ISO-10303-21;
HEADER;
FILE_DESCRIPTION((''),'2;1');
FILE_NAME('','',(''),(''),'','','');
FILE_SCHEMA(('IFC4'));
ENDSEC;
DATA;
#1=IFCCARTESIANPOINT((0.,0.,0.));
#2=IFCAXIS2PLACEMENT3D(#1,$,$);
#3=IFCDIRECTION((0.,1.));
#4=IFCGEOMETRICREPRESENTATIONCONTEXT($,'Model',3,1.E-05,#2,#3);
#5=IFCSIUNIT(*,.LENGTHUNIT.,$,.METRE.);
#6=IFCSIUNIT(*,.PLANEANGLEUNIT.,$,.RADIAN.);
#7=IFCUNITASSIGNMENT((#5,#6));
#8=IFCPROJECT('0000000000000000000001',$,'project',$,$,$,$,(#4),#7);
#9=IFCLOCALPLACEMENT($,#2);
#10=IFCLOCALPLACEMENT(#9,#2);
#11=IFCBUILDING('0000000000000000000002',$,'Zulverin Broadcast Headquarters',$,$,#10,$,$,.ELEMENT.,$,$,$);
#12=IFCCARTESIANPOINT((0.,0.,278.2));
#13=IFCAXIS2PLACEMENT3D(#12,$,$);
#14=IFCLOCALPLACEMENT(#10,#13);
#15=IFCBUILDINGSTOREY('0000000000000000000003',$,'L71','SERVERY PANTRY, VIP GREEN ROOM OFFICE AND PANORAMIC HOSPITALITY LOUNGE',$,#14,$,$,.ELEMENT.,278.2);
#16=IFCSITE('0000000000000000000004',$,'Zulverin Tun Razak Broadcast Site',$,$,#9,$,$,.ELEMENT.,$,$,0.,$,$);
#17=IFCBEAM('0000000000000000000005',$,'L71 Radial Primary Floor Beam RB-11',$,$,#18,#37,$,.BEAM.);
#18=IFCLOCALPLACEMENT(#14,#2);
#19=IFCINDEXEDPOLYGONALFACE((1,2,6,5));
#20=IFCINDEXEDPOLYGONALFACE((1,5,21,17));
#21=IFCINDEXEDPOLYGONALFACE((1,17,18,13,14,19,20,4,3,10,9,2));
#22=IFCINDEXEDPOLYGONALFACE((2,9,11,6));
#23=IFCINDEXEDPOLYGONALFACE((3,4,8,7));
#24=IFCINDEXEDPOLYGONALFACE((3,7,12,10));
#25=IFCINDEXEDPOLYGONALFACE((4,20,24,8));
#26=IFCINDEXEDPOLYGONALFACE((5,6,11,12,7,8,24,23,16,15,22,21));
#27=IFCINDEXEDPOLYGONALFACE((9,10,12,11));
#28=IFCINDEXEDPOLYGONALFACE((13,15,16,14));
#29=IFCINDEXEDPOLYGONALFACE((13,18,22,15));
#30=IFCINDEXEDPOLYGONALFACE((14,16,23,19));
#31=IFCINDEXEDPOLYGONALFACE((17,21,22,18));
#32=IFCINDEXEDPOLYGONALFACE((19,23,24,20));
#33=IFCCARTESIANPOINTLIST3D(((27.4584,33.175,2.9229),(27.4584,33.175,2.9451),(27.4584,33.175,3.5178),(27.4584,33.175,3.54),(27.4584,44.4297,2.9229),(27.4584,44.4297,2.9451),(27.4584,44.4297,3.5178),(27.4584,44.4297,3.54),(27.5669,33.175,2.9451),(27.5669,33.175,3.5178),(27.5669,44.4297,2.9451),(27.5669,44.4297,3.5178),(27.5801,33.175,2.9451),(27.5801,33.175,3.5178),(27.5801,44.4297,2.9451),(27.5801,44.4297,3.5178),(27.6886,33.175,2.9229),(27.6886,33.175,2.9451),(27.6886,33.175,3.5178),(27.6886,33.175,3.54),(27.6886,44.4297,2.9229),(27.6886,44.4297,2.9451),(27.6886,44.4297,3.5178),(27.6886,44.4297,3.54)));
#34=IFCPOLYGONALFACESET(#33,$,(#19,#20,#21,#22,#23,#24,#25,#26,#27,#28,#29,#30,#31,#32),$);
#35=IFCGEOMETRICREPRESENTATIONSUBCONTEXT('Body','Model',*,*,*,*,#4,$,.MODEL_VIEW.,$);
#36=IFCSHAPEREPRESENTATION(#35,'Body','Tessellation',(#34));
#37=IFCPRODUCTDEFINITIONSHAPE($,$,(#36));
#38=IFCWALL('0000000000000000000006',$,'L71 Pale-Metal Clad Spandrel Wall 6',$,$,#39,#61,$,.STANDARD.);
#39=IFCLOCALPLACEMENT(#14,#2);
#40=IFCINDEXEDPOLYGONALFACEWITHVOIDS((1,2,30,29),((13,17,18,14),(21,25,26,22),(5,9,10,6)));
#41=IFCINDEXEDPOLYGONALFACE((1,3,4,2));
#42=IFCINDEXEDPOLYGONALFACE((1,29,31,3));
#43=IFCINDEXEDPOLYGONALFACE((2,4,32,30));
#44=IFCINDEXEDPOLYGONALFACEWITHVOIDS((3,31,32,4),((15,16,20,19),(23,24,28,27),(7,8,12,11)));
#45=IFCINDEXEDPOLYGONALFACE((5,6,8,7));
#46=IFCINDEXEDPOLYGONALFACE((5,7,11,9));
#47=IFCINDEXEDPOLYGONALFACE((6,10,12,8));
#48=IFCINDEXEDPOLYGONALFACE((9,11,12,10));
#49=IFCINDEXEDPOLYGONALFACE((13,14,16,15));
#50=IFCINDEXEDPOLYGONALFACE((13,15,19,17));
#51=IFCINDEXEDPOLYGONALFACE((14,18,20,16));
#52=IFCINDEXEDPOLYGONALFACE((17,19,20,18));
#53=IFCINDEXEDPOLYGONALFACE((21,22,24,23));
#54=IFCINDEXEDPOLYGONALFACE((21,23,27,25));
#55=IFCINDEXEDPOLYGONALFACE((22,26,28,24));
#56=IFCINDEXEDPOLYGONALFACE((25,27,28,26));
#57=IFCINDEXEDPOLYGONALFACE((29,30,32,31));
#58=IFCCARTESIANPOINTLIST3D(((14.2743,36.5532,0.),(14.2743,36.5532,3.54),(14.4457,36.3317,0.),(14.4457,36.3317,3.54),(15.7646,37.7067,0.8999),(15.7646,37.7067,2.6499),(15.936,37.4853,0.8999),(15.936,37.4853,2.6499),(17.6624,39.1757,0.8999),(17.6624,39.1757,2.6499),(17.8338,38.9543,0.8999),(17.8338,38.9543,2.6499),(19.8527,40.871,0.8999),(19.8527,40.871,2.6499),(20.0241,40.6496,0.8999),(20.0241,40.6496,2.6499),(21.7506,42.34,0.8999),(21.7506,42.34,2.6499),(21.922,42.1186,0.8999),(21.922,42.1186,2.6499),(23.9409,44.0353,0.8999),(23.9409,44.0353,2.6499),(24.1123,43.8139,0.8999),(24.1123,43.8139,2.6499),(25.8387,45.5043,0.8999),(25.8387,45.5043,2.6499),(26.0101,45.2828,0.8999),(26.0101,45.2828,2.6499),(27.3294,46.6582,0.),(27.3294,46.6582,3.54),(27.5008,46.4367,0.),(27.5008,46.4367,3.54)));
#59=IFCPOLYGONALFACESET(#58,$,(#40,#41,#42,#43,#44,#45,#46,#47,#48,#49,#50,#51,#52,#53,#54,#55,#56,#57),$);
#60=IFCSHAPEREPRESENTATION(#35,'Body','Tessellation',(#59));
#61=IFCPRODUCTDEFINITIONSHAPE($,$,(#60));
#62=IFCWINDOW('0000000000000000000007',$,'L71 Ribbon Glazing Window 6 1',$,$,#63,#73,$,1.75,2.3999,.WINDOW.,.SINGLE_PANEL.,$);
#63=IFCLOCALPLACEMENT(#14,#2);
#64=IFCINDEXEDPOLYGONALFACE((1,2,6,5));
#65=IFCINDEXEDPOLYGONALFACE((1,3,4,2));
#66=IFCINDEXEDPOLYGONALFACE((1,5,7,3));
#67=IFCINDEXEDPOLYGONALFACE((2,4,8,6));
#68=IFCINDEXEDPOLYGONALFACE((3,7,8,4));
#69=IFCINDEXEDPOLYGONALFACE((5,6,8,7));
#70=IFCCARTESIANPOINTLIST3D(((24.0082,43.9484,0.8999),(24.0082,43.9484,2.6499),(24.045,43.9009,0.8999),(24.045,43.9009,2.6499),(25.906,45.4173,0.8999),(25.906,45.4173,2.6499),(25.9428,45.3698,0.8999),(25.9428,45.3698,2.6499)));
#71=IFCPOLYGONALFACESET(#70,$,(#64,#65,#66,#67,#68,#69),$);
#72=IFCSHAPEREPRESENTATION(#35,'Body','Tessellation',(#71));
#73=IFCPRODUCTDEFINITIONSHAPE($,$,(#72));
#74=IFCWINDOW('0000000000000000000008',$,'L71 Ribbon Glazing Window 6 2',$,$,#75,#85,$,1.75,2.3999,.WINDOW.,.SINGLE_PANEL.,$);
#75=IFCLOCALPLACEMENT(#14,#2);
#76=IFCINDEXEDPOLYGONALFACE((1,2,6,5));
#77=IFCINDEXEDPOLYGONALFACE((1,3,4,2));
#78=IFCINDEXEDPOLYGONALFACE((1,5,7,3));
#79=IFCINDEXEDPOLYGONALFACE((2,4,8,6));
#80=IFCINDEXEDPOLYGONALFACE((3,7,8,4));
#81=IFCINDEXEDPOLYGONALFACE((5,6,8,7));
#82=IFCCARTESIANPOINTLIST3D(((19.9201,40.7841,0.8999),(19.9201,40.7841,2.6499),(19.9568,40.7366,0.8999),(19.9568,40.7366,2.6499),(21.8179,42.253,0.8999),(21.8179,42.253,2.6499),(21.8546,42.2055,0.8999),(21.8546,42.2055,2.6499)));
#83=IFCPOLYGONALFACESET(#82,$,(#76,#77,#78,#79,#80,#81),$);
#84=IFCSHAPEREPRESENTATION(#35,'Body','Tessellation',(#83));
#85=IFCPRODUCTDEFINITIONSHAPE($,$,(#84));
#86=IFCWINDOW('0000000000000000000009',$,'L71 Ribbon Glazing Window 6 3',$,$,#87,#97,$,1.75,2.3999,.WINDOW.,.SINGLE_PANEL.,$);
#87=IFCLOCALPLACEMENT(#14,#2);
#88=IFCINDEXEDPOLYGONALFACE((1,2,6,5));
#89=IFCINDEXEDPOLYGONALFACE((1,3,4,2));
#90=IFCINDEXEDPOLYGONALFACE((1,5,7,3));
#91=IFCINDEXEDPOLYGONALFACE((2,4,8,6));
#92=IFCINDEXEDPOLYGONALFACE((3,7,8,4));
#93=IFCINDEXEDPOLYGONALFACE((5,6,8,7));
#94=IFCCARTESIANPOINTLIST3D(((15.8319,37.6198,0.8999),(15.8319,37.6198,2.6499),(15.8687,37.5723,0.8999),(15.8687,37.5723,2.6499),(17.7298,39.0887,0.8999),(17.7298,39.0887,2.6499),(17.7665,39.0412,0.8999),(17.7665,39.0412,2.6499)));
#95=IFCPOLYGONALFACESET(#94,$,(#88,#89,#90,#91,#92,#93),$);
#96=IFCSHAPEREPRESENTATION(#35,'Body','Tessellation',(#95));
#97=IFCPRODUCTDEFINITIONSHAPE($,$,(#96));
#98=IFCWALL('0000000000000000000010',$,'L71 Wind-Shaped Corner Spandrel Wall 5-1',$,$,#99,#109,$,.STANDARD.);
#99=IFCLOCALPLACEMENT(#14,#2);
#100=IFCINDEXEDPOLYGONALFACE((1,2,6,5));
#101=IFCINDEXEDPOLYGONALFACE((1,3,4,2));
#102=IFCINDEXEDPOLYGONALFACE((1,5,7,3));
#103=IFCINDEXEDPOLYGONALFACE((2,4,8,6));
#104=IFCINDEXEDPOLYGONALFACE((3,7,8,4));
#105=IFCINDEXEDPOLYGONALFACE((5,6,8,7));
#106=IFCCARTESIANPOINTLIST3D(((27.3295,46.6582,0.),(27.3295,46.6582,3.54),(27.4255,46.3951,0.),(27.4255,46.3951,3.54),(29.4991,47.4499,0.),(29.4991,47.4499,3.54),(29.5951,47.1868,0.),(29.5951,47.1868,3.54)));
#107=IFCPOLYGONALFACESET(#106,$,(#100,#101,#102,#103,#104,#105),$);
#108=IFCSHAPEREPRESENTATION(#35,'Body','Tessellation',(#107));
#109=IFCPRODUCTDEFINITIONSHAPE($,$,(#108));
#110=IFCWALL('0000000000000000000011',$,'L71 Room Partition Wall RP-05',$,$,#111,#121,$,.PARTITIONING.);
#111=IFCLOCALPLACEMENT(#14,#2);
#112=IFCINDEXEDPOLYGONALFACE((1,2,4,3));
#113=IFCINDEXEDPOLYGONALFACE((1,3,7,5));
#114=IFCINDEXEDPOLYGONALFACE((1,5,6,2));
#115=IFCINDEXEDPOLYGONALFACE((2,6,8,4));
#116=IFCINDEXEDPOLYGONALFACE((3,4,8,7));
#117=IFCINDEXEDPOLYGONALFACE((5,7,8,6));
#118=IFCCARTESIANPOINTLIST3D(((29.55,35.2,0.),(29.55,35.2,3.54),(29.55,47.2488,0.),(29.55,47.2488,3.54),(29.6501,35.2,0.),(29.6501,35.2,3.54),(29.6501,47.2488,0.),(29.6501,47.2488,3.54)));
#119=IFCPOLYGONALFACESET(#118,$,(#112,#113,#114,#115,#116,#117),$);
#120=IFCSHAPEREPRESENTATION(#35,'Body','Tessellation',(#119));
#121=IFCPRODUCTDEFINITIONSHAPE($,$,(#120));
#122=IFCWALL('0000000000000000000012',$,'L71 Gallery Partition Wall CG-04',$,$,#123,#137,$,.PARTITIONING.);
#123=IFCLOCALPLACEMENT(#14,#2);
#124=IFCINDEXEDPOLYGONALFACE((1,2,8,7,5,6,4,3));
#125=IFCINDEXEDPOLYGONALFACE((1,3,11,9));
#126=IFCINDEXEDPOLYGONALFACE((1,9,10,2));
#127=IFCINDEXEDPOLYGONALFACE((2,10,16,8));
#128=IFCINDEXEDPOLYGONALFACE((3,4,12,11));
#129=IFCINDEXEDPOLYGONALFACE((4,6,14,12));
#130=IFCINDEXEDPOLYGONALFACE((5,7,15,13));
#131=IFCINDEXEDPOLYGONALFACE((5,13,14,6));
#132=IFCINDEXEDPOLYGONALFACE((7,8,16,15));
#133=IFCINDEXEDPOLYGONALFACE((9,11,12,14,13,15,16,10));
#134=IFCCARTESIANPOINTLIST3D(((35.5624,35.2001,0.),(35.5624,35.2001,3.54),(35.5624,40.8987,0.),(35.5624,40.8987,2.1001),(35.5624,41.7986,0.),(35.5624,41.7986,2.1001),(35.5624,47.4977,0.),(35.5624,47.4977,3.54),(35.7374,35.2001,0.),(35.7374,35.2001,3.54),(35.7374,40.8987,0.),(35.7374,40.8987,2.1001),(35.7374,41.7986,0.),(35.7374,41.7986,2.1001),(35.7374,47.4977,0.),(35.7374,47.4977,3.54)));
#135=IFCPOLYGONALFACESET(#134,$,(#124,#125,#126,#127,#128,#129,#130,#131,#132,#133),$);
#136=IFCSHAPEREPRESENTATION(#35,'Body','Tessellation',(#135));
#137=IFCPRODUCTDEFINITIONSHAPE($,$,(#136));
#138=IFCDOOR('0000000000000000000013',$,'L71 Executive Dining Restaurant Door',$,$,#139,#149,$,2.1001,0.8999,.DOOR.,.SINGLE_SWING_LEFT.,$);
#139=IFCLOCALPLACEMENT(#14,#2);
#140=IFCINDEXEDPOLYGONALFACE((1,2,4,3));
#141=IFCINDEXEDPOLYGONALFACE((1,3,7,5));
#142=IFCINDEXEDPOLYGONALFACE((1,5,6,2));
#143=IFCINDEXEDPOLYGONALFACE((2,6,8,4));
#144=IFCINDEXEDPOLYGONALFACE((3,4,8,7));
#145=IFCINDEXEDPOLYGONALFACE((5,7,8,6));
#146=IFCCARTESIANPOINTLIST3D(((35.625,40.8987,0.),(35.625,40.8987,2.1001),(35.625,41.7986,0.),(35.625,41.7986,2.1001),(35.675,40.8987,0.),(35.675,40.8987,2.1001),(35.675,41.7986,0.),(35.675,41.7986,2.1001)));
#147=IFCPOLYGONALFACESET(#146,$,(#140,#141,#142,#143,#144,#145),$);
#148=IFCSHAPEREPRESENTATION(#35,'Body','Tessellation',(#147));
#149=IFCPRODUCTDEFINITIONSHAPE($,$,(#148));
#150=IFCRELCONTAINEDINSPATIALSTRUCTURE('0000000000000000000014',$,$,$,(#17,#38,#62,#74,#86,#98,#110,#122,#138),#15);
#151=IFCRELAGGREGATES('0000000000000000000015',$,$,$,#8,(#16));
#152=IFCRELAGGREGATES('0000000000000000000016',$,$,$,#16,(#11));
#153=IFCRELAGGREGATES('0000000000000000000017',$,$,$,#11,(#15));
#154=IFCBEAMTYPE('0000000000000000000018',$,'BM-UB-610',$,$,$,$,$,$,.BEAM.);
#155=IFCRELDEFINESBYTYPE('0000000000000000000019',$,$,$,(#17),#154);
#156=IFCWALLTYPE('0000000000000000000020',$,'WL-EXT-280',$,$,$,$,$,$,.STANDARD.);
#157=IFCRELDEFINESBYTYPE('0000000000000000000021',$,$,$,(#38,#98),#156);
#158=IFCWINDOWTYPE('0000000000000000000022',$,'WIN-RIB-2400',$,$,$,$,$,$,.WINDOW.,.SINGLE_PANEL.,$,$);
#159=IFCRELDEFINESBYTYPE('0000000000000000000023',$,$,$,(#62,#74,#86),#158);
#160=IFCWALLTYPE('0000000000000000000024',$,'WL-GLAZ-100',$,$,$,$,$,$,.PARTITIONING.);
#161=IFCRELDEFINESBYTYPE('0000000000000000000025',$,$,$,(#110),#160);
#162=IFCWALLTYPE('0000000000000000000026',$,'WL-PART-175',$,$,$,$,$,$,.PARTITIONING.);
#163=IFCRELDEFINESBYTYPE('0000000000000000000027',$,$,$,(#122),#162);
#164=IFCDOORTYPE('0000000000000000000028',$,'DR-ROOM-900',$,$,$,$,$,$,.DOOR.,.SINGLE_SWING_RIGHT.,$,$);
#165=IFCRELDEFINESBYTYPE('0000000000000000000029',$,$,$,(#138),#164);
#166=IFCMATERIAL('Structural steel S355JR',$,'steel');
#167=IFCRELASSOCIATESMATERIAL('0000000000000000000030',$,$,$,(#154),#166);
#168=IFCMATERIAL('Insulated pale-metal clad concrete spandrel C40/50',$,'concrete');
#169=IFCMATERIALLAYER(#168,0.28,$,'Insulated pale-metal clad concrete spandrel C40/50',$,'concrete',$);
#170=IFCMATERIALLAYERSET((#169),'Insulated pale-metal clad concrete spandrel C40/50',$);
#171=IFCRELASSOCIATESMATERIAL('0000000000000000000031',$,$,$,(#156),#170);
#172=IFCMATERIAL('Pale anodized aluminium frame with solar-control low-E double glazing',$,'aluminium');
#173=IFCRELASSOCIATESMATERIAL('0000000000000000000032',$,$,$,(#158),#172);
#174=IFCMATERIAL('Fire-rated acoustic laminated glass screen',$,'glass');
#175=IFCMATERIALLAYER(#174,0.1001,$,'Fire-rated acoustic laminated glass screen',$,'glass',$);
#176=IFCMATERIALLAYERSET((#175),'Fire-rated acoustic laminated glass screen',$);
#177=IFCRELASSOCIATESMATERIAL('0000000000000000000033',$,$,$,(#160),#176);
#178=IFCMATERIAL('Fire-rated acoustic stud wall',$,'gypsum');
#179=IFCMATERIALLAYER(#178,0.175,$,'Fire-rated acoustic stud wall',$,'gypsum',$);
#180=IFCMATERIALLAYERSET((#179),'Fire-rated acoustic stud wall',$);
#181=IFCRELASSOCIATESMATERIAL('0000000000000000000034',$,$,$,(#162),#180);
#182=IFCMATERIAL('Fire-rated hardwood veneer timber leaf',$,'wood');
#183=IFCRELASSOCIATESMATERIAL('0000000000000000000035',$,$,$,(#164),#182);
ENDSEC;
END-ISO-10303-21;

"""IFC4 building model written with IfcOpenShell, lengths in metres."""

from ifc_helpers import new_model, si_unit, direction, frame, frame_2d, origin, origin_2d, place, context, subcontext, project, spatial, rectangle, i_section, extrude, material, layer, layer_set, material_profile, profile_set, type_object, element, fill, save


model = new_model("IFC4")

# Units and contexts
model_context = context("Model", 3, precision=1e-05, world=origin(), true_north=direction((0.0, 1.0)))
body_context = subcontext(model_context, "Body", "Model", "MODEL_VIEW")
ifc_project = project(units=[si_unit("LENGTHUNIT", "METRE"), si_unit("PLANEANGLEUNIT", "RADIAN")], contexts=[model_context])

# Site, building, storey
site_placement = place(None, origin())
site = spatial("IfcSite", under=ifc_project, at=site_placement, Name="Zulverin Tun Razak Broadcast Site", CompositionType="ELEMENT", RefElevation=0.0)
building_placement = place(site_placement, origin())
building = spatial("IfcBuilding", under=site, at=building_placement, Name="Zulverin Broadcast Headquarters", CompositionType="ELEMENT")
storey_placement = place(building_placement, frame((0.0, 0.0, 278.2)))
storey = spatial("IfcBuildingStorey", under=building, at=storey_placement, Name="L71", Description="SERVERY PANTRY, VIP GREEN ROOM OFFICE AND PANORAMIC HOSPITALITY LOUNGE", CompositionType="ELEMENT", Elevation=278.2)

# Beam
ifc_material_1 = material(Name="Structural steel S355JR", Category="steel")
ifc_material_profile_1 = material_profile(ifc_material_1, i_section(OverallWidth=0.2302, OverallDepth=0.6172, WebThickness=0.0132, FlangeThickness=0.0222, at=origin_2d()), Name="Structural steel S355JR", Category="steel")
ifc_profile_set_1 = profile_set([ifc_material_profile_1], Name="Structural steel S355JR")
beam_type_1 = type_object("IfcBeamType", Name="BM-UB-610", PredefinedType="BEAM", material=ifc_profile_set_1)
beam_1_placement = place(storey_placement, frame((27.5735, 33.175, 3.2314), z_axis=(0.0, 1.0, 0.0), x_axis=(-1.0, 0.0, 0.0)))
element("IfcBeam", 1, at=beam_1_placement, inside=storey, type_object=beam_type_1, Name="L71 Radial Primary Floor Beam RB-11", PredefinedType="BEAM", context=body_context, shape_type="SweptSolid", body=[
    extrude(i_section(OverallWidth=0.2302, OverallDepth=0.6172, WebThickness=0.0132, FlangeThickness=0.0222, at=origin_2d()), origin(), (0.0, 0.0, 1.0), 11.2546),
])

# Wall, openings, windows
ifc_material_2 = material(Name="Insulated pale-metal clad concrete spandrel C40/50", Category="concrete")
ifc_layer_1 = layer(ifc_material_2, 0.28, Name="Insulated pale-metal clad concrete spandrel C40/50", Category="concrete")
ifc_layer_set_1 = layer_set([ifc_layer_1], Name="Insulated pale-metal clad concrete spandrel C40/50")
wall_type_1 = type_object("IfcWallType", Name="WL-EXT-280", PredefinedType="STANDARD", material=ifc_layer_set_1)
wall_1_placement = place(storey_placement, frame((27.415, 46.5474, 0.0), z_axis=(0.0, 0.0, 1.0), x_axis=(-0.79079, -0.612088, 0.0)))
wall_1 = element("IfcWall", 2, at=wall_1_placement, inside=storey, type_object=wall_type_1, Name="L71 Pale-Metal Clad Spandrel Wall 6", PredefinedType="STANDARD", context=body_context, shape_type="SweptSolid", body=[
    extrude(rectangle(XDim=16.509, YDim=0.28, at=frame_2d((8.2544, 0.0))), origin(), (0.0, 0.0, 1.0), 3.54),
])
opening_1_placement = place(wall_1_placement, frame((1.885, 0.0, 0.8999)))
opening_1 = element("IfcOpeningElement", 3, at=opening_1_placement, cuts=wall_1, PredefinedType="OPENING", context=body_context, shape_type="SweptSolid", body=[
    extrude(rectangle(XDim=2.3999, YDim=1.75, at=frame_2d((1.2, 0.875))), frame((0.0, 0.1499, 0.0), z_axis=(0.0, -1.0, 0.0), x_axis=(1.0, 0.0, 0.0)), (0.0, 0.0, 1.0), 0.3),
])
opening_2_placement = place(wall_1_placement, frame((7.0547, 0.0, 0.8999)))
opening_2 = element("IfcOpeningElement", 4, at=opening_2_placement, cuts=wall_1, PredefinedType="OPENING", context=body_context, shape_type="SweptSolid", body=[
    extrude(rectangle(XDim=2.3999, YDim=1.75, at=frame_2d((1.2, 0.875))), frame((0.0, 0.1499, 0.0), z_axis=(0.0, -1.0, 0.0), x_axis=(1.0, 0.0, 0.0)), (0.0, 0.0, 1.0), 0.3),
])
opening_3_placement = place(wall_1_placement, frame((12.2244, 0.0, 0.8999)))
opening_3 = element("IfcOpeningElement", 5, at=opening_3_placement, cuts=wall_1, PredefinedType="OPENING", context=body_context, shape_type="SweptSolid", body=[
    extrude(rectangle(XDim=2.3999, YDim=1.75, at=frame_2d((1.2, 0.875))), frame((0.0, 0.1499, 0.0), z_axis=(0.0, -1.0, 0.0), x_axis=(1.0, 0.0, 0.0)), (0.0, 0.0, 1.0), 0.3),
])
ifc_material_3 = material(Name="Pale anodized aluminium frame with solar-control low-E double glazing", Category="aluminium")
window_type = type_object("IfcWindowType", Name="WIN-RIB-2400", PartitioningType="SINGLE_PANEL", PredefinedType="WINDOW", material=ifc_material_3)
window_1_placement = place(opening_1_placement, origin())
window_1 = element("IfcWindow", 6, at=window_1_placement, inside=storey, type_object=window_type, Name="L71 Ribbon Glazing Window 6 1", OverallHeight=1.75, OverallWidth=2.3999, PartitioningType="SINGLE_PANEL", PredefinedType="WINDOW", context=body_context, shape_type="SweptSolid", body=[
    extrude(rectangle(XDim=2.3999, YDim=1.75, at=frame_2d((1.2, 0.875))), frame((0.0, 0.03, 0.0), z_axis=(0.0, -1.0, 0.0), x_axis=(1.0, 0.0, 0.0)), (0.0, 0.0, 1.0), 0.0601),
])
fill(opening_1, window_1)
window_2_placement = place(opening_2_placement, origin())
window_2 = element("IfcWindow", 7, at=window_2_placement, inside=storey, type_object=window_type, Name="L71 Ribbon Glazing Window 6 2", OverallHeight=1.75, OverallWidth=2.3999, PartitioningType="SINGLE_PANEL", PredefinedType="WINDOW", context=body_context, shape_type="SweptSolid", body=[
    extrude(rectangle(XDim=2.3999, YDim=1.75, at=frame_2d((1.2, 0.875))), frame((0.0, 0.03, 0.0), z_axis=(0.0, -1.0, 0.0), x_axis=(1.0, 0.0, 0.0)), (0.0, 0.0, 1.0), 0.0601),
])
fill(opening_2, window_2)
window_3_placement = place(opening_3_placement, origin())
window_3 = element("IfcWindow", 8, at=window_3_placement, inside=storey, type_object=window_type, Name="L71 Ribbon Glazing Window 6 3", OverallHeight=1.75, OverallWidth=2.3999, PartitioningType="SINGLE_PANEL", PredefinedType="WINDOW", context=body_context, shape_type="SweptSolid", body=[
    extrude(rectangle(XDim=2.3999, YDim=1.75, at=frame_2d((1.2, 0.875))), frame((0.0, 0.03, 0.0), z_axis=(0.0, -1.0, 0.0), x_axis=(1.0, 0.0, 0.0)), (0.0, 0.0, 1.0), 0.0601),
])
fill(opening_3, window_3)

# Walls
wall_2_placement = place(storey_placement, frame((29.5471, 47.3184, 0.0), z_axis=(0.0, 0.0, 1.0), x_axis=(-0.939407, -0.342804, 0.0)))
element("IfcWall", 9, at=wall_2_placement, inside=storey, type_object=wall_type_1, Name="L71 Wind-Shaped Corner Spandrel Wall 5-1", PredefinedType="STANDARD", context=body_context, shape_type="SweptSolid", body=[
    extrude(rectangle(XDim=2.3096, YDim=0.28, at=frame_2d((1.1548, 0.0))), origin(), (0.0, 0.0, 1.0), 3.54),
])
ifc_material_4 = material(Name="Fire-rated acoustic laminated glass screen", Category="glass")
ifc_layer_2 = layer(ifc_material_4, 0.1001, Name="Fire-rated acoustic laminated glass screen", Category="glass")
ifc_layer_set_2 = layer_set([ifc_layer_2], Name="Fire-rated acoustic laminated glass screen")
wall_type_2 = type_object("IfcWallType", Name="WL-GLAZ-100", PredefinedType="PARTITIONING", material=ifc_layer_set_2)
wall_3_placement = place(storey_placement, frame((29.6001, 35.2, 0.0), z_axis=(0.0, 0.0, 1.0), x_axis=(0.0, 1.0, 0.0)))
element("IfcWall", 10, at=wall_3_placement, inside=storey, type_object=wall_type_2, Name="L71 Room Partition Wall RP-05", PredefinedType="PARTITIONING", context=body_context, shape_type="SweptSolid", body=[
    extrude(rectangle(XDim=12.0488, YDim=0.1001, at=frame_2d((6.0244, 0.0))), origin(), (0.0, 0.0, 1.0), 3.54),
])

# Wall, opening, door
ifc_material_5 = material(Name="Fire-rated acoustic stud wall", Category="gypsum")
ifc_layer_3 = layer(ifc_material_5, 0.175, Name="Fire-rated acoustic stud wall", Category="gypsum")
ifc_layer_set_3 = layer_set([ifc_layer_3], Name="Fire-rated acoustic stud wall")
wall_type_3 = type_object("IfcWallType", Name="WL-PART-175", PredefinedType="PARTITIONING", material=ifc_layer_set_3)
wall_4_placement = place(storey_placement, frame((35.6499, 35.2, 0.0), z_axis=(0.0, 0.0, 1.0), x_axis=(0.0, 1.0, 0.0)))
wall_4 = element("IfcWall", 11, at=wall_4_placement, inside=storey, type_object=wall_type_3, Name="L71 Gallery Partition Wall CG-04", PredefinedType="PARTITIONING", context=body_context, shape_type="SweptSolid", body=[
    extrude(rectangle(XDim=12.2976, YDim=0.175, at=frame_2d((6.1489, 0.0))), origin(), (0.0, 0.0, 1.0), 3.54),
])
opening_4_placement = place(wall_4_placement, frame((5.6987, 0.0, 0.0)))
opening_4 = element("IfcOpeningElement", 12, at=opening_4_placement, cuts=wall_4, PredefinedType="OPENING", context=body_context, shape_type="SweptSolid", body=[
    extrude(rectangle(XDim=0.8999, YDim=2.1001, at=frame_2d((0.45, 1.05))), frame((0.0, 0.0974, 0.0), z_axis=(0.0, -1.0, 0.0), x_axis=(1.0, 0.0, 0.0)), (0.0, 0.0, 1.0), 0.1951),
])
ifc_material_6 = material(Name="Fire-rated hardwood veneer timber leaf", Category="wood")
door_type = type_object("IfcDoorType", Name="DR-ROOM-900", OperationType="SINGLE_SWING_RIGHT", PredefinedType="DOOR", material=ifc_material_6)
door_placement = place(opening_4_placement, origin())
door = element("IfcDoor", 13, at=door_placement, inside=storey, type_object=door_type, Name="L71 Executive Dining Restaurant Door", OperationType="SINGLE_SWING_LEFT", OverallHeight=2.1001, OverallWidth=0.8999, PredefinedType="DOOR", context=body_context, shape_type="SweptSolid", body=[
    extrude(rectangle(XDim=0.8999, YDim=2.1001, at=frame_2d((0.45, 1.05))), frame((0.0, 0.0249, 0.0), z_axis=(0.0, -1.0, 0.0), x_axis=(1.0, 0.0, 0.0)), (0.0, 0.0, 1.0), 0.05),
])
fill(opening_4, door)

save(model, "model.ifc")
